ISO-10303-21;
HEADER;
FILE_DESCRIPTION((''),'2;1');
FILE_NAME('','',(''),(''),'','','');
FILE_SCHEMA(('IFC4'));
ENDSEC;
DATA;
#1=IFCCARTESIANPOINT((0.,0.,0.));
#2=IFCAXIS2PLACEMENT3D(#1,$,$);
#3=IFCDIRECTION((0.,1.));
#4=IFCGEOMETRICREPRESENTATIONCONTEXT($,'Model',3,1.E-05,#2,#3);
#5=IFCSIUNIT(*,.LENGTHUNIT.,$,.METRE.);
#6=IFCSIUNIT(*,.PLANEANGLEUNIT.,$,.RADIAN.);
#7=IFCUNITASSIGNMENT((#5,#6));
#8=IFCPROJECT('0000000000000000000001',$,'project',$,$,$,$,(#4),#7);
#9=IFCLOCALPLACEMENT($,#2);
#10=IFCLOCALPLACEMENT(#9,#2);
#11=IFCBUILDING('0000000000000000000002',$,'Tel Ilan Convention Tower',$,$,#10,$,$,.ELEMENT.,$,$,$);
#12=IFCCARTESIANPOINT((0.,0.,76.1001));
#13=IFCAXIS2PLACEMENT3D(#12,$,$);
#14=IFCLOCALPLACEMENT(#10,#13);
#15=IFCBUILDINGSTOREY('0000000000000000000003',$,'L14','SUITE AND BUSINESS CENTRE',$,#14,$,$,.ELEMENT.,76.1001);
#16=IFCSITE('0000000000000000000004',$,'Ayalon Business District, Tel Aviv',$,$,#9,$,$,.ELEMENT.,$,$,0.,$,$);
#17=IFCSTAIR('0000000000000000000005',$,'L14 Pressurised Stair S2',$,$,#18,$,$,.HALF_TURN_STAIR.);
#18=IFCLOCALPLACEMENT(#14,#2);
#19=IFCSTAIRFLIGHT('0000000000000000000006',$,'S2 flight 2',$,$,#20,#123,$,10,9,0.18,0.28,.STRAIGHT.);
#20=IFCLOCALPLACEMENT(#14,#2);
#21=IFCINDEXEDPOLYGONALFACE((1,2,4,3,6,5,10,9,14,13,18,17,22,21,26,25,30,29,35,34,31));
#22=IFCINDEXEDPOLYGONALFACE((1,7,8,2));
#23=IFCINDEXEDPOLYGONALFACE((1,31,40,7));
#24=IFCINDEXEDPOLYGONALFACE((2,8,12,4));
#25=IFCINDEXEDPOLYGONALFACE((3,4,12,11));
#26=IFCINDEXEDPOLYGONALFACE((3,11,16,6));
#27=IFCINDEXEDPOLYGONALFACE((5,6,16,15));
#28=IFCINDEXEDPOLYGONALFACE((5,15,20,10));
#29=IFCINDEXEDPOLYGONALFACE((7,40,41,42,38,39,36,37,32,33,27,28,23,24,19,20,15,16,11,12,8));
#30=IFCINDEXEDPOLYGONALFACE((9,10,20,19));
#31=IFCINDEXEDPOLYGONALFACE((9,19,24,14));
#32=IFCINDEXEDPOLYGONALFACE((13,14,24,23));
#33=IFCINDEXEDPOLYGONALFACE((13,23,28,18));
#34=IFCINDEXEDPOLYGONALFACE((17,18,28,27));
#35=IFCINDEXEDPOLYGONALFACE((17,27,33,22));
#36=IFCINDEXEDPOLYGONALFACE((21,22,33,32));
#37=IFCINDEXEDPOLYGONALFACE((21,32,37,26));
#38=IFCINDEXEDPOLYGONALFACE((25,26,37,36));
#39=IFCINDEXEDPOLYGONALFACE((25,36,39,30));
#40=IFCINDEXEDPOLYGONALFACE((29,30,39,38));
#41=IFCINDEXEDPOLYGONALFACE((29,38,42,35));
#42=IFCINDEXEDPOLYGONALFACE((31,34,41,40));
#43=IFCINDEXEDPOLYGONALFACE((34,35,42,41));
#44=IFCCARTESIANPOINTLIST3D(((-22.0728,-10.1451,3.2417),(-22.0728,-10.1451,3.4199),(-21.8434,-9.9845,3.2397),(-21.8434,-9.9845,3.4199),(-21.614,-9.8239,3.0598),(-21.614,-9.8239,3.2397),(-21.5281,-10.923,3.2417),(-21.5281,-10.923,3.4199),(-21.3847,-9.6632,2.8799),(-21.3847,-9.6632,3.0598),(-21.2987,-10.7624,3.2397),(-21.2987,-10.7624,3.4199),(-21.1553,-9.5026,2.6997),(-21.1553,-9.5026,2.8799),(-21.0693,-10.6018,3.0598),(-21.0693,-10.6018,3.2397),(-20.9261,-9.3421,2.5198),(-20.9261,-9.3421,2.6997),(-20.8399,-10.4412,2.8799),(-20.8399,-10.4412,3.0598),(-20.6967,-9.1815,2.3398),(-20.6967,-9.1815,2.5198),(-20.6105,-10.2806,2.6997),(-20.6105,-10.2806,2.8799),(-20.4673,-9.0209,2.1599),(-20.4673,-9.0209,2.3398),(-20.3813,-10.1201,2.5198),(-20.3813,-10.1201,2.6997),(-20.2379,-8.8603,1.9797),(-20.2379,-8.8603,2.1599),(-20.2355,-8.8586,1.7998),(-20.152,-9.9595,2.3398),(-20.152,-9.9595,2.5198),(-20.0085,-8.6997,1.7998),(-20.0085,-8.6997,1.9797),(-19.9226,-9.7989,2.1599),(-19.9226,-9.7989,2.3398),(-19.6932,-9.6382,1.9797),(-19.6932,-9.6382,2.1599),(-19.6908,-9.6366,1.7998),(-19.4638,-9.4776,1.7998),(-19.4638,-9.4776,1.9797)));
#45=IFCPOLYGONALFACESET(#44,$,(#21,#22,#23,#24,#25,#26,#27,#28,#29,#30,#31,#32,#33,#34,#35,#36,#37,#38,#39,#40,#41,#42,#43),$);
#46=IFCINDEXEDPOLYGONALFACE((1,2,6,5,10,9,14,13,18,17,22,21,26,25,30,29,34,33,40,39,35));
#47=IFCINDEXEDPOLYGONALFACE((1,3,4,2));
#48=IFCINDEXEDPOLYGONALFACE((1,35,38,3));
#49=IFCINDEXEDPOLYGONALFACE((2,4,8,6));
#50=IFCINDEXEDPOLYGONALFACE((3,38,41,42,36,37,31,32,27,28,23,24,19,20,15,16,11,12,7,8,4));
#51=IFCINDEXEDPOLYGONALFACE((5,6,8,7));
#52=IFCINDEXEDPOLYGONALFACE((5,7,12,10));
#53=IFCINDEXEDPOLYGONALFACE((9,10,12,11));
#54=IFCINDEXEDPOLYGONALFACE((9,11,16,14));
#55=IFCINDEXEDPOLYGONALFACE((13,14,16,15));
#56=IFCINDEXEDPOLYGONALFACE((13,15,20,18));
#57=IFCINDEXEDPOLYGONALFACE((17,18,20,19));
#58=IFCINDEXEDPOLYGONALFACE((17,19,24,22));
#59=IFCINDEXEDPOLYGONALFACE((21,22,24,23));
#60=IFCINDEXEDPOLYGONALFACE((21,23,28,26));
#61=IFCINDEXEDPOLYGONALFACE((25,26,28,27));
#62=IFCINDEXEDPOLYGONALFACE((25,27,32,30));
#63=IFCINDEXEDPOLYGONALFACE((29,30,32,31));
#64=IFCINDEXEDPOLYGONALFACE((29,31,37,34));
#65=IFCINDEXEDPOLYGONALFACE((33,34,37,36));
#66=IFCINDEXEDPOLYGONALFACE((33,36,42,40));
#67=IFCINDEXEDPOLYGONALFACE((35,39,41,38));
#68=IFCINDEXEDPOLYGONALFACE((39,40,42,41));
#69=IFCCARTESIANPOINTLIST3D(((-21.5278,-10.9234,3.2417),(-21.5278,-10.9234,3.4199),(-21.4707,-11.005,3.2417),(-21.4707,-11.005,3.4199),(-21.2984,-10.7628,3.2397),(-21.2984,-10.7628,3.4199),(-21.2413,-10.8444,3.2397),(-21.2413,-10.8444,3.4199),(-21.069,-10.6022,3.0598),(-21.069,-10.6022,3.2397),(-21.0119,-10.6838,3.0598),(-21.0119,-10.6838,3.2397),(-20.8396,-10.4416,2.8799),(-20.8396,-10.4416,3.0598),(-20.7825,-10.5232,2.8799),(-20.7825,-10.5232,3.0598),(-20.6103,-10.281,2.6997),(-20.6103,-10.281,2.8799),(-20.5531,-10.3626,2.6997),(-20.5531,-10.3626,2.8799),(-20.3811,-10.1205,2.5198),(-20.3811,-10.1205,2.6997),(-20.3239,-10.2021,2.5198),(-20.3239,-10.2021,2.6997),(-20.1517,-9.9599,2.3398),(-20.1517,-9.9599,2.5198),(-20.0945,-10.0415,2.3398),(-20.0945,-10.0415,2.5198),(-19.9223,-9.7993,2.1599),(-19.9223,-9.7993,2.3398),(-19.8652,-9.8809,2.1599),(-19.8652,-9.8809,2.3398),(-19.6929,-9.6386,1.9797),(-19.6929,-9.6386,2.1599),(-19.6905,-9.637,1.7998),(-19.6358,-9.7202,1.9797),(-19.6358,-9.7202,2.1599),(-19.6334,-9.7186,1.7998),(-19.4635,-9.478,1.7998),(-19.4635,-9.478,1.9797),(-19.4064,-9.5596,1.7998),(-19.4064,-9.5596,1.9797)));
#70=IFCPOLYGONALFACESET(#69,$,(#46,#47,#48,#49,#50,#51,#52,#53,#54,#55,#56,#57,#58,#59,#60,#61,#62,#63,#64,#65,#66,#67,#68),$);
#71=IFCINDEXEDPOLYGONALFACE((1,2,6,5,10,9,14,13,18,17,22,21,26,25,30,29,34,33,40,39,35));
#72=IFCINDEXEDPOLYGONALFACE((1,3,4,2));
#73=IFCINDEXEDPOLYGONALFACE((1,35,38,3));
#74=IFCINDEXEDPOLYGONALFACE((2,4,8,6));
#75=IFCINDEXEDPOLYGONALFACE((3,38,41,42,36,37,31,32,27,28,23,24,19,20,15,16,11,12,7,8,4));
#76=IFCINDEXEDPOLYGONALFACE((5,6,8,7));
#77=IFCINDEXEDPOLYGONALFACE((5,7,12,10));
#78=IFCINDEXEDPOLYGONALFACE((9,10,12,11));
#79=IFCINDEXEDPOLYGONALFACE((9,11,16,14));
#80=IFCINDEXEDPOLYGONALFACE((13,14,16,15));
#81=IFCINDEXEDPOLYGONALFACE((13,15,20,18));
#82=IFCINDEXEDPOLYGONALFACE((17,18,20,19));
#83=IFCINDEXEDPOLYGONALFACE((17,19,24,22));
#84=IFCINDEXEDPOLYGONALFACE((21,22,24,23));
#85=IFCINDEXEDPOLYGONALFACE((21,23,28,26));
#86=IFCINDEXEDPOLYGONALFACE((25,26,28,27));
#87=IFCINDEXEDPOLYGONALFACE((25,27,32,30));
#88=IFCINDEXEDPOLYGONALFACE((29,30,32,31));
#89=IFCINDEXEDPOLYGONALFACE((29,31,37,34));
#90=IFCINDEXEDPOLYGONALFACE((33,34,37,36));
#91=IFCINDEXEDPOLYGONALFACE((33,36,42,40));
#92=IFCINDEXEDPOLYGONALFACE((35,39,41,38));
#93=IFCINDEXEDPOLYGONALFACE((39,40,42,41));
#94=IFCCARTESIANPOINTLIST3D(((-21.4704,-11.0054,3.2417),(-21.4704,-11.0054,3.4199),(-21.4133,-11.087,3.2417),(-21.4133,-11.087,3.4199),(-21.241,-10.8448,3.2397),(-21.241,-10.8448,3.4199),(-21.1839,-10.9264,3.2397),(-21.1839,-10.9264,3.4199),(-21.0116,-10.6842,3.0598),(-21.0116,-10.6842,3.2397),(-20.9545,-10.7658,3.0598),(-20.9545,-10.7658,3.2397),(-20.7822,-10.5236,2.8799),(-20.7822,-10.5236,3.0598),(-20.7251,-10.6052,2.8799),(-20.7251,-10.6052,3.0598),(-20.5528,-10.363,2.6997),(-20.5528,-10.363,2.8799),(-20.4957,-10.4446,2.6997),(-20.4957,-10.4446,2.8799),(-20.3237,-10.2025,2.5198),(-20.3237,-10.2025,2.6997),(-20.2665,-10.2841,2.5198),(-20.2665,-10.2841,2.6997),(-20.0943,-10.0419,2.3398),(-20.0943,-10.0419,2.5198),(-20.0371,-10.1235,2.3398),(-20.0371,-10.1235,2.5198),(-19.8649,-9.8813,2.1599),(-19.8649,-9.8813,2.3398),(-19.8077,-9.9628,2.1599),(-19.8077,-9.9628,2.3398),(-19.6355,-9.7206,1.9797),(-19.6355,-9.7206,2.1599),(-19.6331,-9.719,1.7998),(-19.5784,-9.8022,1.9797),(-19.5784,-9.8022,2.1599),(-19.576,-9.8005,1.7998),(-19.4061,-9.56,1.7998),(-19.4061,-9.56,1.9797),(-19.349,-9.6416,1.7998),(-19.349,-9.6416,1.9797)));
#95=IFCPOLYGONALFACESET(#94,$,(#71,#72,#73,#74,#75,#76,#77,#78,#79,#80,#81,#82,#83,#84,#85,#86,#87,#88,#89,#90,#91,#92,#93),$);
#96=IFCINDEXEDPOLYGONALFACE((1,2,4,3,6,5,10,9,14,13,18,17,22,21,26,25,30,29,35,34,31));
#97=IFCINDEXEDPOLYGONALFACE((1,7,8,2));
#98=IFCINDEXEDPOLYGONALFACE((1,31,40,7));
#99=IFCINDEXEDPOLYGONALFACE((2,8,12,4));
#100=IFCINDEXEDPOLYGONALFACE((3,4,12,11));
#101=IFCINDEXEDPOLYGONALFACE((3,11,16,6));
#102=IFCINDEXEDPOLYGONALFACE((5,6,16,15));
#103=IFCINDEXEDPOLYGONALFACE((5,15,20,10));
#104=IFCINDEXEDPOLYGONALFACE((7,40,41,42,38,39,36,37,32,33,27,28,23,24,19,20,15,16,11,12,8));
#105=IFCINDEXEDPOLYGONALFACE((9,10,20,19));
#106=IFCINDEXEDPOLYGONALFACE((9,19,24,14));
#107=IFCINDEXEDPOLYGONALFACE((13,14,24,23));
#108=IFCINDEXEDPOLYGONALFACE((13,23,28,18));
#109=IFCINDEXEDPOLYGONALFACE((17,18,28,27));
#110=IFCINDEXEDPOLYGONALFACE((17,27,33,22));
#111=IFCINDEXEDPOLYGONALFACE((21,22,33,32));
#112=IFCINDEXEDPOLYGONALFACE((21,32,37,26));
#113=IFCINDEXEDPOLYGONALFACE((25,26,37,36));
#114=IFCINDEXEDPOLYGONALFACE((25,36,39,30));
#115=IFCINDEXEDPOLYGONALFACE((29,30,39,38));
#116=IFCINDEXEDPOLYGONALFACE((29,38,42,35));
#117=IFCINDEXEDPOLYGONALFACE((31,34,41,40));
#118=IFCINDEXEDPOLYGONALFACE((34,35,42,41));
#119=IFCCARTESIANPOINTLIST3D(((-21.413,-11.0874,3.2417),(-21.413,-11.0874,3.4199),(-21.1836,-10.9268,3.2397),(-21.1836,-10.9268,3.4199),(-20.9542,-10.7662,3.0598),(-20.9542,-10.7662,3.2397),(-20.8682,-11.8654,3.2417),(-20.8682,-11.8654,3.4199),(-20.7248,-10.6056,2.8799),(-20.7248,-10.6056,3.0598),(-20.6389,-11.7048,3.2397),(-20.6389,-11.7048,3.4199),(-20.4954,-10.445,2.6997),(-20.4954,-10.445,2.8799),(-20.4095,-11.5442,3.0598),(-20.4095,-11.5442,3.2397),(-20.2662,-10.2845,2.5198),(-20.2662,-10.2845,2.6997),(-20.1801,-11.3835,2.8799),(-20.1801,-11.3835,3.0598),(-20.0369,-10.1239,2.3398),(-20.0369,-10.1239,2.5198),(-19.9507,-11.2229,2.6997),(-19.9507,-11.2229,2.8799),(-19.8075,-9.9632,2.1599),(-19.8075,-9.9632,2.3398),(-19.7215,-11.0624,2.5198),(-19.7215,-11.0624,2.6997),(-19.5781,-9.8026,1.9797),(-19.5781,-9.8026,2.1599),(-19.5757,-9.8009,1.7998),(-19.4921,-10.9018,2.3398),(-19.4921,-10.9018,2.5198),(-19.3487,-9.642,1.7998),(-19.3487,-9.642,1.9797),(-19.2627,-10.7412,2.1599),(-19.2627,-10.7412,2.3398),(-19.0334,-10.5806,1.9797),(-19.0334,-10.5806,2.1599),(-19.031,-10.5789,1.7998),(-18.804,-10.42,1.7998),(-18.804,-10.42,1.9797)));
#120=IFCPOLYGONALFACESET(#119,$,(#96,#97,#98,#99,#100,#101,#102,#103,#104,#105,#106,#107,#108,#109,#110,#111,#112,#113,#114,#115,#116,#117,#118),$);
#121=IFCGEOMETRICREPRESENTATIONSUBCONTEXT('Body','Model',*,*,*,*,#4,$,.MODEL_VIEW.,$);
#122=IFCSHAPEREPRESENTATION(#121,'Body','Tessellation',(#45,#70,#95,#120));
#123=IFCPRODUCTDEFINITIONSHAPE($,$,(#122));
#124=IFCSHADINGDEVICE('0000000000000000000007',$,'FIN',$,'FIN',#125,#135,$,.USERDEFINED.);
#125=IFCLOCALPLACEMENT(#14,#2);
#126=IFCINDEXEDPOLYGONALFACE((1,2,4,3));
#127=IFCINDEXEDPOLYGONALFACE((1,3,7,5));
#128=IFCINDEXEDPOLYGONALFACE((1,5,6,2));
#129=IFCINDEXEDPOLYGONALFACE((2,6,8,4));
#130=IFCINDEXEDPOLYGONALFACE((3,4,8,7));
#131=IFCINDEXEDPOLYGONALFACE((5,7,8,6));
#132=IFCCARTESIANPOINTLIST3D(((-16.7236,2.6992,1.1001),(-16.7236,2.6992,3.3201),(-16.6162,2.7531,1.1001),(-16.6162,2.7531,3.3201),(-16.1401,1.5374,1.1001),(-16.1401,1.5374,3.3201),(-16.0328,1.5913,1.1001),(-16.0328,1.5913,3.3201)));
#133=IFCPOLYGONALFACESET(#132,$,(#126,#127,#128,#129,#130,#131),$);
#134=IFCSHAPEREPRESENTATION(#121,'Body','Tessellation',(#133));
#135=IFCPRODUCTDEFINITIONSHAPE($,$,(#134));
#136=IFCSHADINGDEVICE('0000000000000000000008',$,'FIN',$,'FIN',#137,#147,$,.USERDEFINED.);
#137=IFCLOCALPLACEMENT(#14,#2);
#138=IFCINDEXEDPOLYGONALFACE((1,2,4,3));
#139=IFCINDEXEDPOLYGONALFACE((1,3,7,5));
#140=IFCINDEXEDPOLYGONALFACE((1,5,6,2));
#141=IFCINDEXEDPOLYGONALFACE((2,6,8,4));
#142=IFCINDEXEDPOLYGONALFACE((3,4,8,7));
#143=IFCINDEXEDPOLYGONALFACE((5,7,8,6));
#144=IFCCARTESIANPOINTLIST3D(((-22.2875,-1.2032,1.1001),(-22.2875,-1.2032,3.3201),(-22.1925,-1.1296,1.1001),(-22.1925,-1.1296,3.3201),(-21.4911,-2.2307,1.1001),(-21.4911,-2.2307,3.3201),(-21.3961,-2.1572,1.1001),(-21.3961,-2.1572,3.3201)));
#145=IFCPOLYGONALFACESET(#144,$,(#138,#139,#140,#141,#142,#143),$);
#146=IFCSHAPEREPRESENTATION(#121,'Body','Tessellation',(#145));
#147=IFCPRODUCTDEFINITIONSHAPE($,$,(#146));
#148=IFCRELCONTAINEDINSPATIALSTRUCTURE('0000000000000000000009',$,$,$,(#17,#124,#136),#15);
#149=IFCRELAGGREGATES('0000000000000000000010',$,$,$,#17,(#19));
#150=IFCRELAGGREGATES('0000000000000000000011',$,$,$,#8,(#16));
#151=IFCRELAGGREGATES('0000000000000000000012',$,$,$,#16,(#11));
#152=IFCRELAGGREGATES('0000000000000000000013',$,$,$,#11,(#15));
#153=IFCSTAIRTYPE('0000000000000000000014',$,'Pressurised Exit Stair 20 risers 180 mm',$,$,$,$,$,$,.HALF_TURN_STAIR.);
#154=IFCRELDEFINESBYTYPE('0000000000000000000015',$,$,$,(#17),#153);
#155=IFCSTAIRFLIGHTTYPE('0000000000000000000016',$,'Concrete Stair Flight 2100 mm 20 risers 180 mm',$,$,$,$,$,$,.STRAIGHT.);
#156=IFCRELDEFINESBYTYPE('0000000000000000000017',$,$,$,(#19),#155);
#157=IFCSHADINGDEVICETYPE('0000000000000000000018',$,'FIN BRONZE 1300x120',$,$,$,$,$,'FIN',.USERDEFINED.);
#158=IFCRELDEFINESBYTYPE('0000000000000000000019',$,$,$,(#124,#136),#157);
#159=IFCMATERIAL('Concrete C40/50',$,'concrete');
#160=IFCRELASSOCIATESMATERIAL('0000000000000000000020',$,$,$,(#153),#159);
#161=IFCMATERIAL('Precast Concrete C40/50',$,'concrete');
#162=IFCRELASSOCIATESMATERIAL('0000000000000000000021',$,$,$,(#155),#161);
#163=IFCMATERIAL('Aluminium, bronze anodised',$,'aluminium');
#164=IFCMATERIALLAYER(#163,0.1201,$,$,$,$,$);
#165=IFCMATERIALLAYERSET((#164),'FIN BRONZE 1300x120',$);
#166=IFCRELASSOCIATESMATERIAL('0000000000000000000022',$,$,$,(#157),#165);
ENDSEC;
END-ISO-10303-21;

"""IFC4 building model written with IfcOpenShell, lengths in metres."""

from ifc_helpers import new_model, si_unit, direction, frame, origin, origin_2d, place, context, subcontext, project, spatial, polyline, rectangle, outline, extrude, material, layer, layer_set, type_object, element, aggregate, save


model = new_model("IFC4")

# Units and contexts
model_context = context("Model", 3, precision=1e-05, world=origin(), true_north=direction((0.0, 1.0)))
body_context = subcontext(model_context, "Body", "Model", "MODEL_VIEW")
ifc_project = project(units=[si_unit("LENGTHUNIT", "METRE"), si_unit("PLANEANGLEUNIT", "RADIAN")], contexts=[model_context])

# Site, building, storey
site_placement = place(None, origin())
site = spatial("IfcSite", under=ifc_project, at=site_placement, Name="Ayalon Business District, Tel Aviv", CompositionType="ELEMENT", RefElevation=0.0)
building_placement = place(site_placement, origin())
building = spatial("IfcBuilding", under=site, at=building_placement, Name="Tel Ilan Convention Tower", CompositionType="ELEMENT")
storey_placement = place(building_placement, frame((0.0, 0.0, 76.1001)))
storey = spatial("IfcBuildingStorey", under=building, at=storey_placement, Name="L14", Description="SUITE AND BUSINESS CENTRE", CompositionType="ELEMENT", Elevation=76.1001)

# Stair, stair flight
ifc_material_1 = material(Name="Concrete C40/50", Category="concrete")
stair_type = type_object("IfcStairType", Name="Pressurised Exit Stair 20 risers 180 mm", PredefinedType="HALF_TURN_STAIR", material=ifc_material_1)
ifc_material_2 = material(Name="Precast Concrete C40/50", Category="concrete")
stair_flight_type = type_object("IfcStairFlightType", Name="Concrete Stair Flight 2100 mm 20 risers 180 mm", PredefinedType="STRAIGHT", material=ifc_material_2)
stair_1_placement = place(storey_placement, origin())
stair_1 = element("IfcStair", 1, at=stair_1_placement, inside=storey, type_object=stair_type, Name="L14 Pressurised Stair S2", PredefinedType="HALF_TURN_STAIR")
stair_flight_1_placement = place(storey_placement, frame((-19.4062, -9.5598, 1.7998), z_axis=(0.0, 0.0, 1.0), x_axis=(-0.819152, -0.573576, 0.0)))
stair_flight_1 = element("IfcStairFlight", 2, at=stair_flight_1_placement, type_object=stair_flight_type, Name="S2 flight 2", NumberOfRisers=10, NumberOfTreads=9, PredefinedType="STRAIGHT", RiserHeight=0.18, TreadLength=0.28, context=body_context, shape_type="SweptSolid", body=[
    extrude(outline(polyline([(0.0, 0.0), (0.0, 0.1799), (0.28, 0.1799), (0.28, 0.3601), (0.5601, 0.3601), (0.5601, 0.54), (0.8401, 0.54), (0.8401, 0.72), (1.1201, 0.72), (1.1201, 0.8999), (1.3999, 0.8999), (1.3999, 1.0801), (1.6799, 1.0801), (1.6799, 1.26), (1.96, 1.26), (1.96, 1.4399), (2.24, 1.4399), (2.24, 1.6201), (2.52, 1.6201), (2.52, 1.8), (2.52, 1.4419), (0.2771, 0.0), (0.0, 0.0)])), frame((0.0, -0.1003, 0.0), z_axis=(0.0, -1.0, 0.0), x_axis=(1.0, 0.0, 0.0)), (0.0, 0.0, 1.0), 0.9497),
    extrude(outline(polyline([(0.0, 0.0), (0.0, 0.1799), (0.28, 0.1799), (0.28, 0.3601), (0.5601, 0.3601), (0.5601, 0.54), (0.8401, 0.54), (0.8401, 0.72), (1.1201, 0.72), (1.1201, 0.8999), (1.3999, 0.8999), (1.3999, 1.0801), (1.6799, 1.0801), (1.6799, 1.26), (1.96, 1.26), (1.96, 1.4399), (2.24, 1.4399), (2.24, 1.6201), (2.52, 1.6201), (2.52, 1.8), (2.52, 1.4419), (0.2771, 0.0), (0.0, 0.0)])), frame((0.0, -0.0002, 0.0), z_axis=(0.0, -1.0, 0.0), x_axis=(1.0, 0.0, 0.0)), (0.0, 0.0, 1.0), 0.0996),
    extrude(outline(polyline([(0.0, 0.0), (0.0, 0.1799), (0.28, 0.1799), (0.28, 0.3601), (0.5601, 0.3601), (0.5601, 0.54), (0.8401, 0.54), (0.8401, 0.72), (1.1201, 0.72), (1.1201, 0.8999), (1.3999, 0.8999), (1.3999, 1.0801), (1.6799, 1.0801), (1.6799, 1.26), (1.96, 1.26), (1.96, 1.4399), (2.24, 1.4399), (2.24, 1.6201), (2.52, 1.6201), (2.52, 1.8), (2.52, 1.4419), (0.2771, 0.0), (0.0, 0.0)])), frame((0.0, 0.0999, 0.0), z_axis=(0.0, -1.0, 0.0), x_axis=(1.0, 0.0, 0.0)), (0.0, 0.0, 1.0), 0.0996),
    extrude(outline(polyline([(0.0, 0.0), (0.0, 0.1799), (0.28, 0.1799), (0.28, 0.3601), (0.5601, 0.3601), (0.5601, 0.54), (0.8401, 0.54), (0.8401, 0.72), (1.1201, 0.72), (1.1201, 0.8999), (1.3999, 0.8999), (1.3999, 1.0801), (1.6799, 1.0801), (1.6799, 1.26), (1.96, 1.26), (1.96, 1.4399), (2.24, 1.4399), (2.24, 1.6201), (2.52, 1.6201), (2.52, 1.8), (2.52, 1.4419), (0.2771, 0.0), (0.0, 0.0)])), frame((0.0, 1.05, 0.0), z_axis=(0.0, -1.0, 0.0), x_axis=(1.0, 0.0, 0.0)), (0.0, 0.0, 1.0), 0.9497),
])
aggregate(stair_1, [stair_flight_1])

# Shading devices
ifc_material_3 = material(Name="Aluminium, bronze anodised", Category="aluminium")
ifc_layer_1 = layer(ifc_material_3, 0.1201)
ifc_layer_set_1 = layer_set([ifc_layer_1], Name="FIN BRONZE 1300x120")
shading_device_type = type_object("IfcShadingDeviceType", Name="FIN BRONZE 1300x120", ElementType="FIN", PredefinedType="USERDEFINED", material=ifc_layer_set_1)
for number, where, z_axis, x_axis, name in (
    (3, (-16.3782, 2.1453, 1.1001), (0.0, 0.0, 1.0), (-0.448799, 0.893633, 0.0), "FIN"),
    (4, (-21.8418, -1.6802, 1.1001), (0.0, 0.0, 1.0), (-0.612601, 0.790393, 0.0), "FIN"),
):
    element("IfcShadingDevice", number, at=place(storey_placement, frame(where, z_axis=z_axis, x_axis=x_axis)), inside=storey, type_object=shading_device_type, Name=name, ObjectType="FIN", PredefinedType="USERDEFINED", context=body_context, shape_type="SweptSolid", body=[
        extrude(rectangle(XDim=1.3, YDim=0.1201, at=origin_2d()), origin(), (0.0, 0.0, 1.0), 2.22),
    ])

save(model, "model.ifc")
